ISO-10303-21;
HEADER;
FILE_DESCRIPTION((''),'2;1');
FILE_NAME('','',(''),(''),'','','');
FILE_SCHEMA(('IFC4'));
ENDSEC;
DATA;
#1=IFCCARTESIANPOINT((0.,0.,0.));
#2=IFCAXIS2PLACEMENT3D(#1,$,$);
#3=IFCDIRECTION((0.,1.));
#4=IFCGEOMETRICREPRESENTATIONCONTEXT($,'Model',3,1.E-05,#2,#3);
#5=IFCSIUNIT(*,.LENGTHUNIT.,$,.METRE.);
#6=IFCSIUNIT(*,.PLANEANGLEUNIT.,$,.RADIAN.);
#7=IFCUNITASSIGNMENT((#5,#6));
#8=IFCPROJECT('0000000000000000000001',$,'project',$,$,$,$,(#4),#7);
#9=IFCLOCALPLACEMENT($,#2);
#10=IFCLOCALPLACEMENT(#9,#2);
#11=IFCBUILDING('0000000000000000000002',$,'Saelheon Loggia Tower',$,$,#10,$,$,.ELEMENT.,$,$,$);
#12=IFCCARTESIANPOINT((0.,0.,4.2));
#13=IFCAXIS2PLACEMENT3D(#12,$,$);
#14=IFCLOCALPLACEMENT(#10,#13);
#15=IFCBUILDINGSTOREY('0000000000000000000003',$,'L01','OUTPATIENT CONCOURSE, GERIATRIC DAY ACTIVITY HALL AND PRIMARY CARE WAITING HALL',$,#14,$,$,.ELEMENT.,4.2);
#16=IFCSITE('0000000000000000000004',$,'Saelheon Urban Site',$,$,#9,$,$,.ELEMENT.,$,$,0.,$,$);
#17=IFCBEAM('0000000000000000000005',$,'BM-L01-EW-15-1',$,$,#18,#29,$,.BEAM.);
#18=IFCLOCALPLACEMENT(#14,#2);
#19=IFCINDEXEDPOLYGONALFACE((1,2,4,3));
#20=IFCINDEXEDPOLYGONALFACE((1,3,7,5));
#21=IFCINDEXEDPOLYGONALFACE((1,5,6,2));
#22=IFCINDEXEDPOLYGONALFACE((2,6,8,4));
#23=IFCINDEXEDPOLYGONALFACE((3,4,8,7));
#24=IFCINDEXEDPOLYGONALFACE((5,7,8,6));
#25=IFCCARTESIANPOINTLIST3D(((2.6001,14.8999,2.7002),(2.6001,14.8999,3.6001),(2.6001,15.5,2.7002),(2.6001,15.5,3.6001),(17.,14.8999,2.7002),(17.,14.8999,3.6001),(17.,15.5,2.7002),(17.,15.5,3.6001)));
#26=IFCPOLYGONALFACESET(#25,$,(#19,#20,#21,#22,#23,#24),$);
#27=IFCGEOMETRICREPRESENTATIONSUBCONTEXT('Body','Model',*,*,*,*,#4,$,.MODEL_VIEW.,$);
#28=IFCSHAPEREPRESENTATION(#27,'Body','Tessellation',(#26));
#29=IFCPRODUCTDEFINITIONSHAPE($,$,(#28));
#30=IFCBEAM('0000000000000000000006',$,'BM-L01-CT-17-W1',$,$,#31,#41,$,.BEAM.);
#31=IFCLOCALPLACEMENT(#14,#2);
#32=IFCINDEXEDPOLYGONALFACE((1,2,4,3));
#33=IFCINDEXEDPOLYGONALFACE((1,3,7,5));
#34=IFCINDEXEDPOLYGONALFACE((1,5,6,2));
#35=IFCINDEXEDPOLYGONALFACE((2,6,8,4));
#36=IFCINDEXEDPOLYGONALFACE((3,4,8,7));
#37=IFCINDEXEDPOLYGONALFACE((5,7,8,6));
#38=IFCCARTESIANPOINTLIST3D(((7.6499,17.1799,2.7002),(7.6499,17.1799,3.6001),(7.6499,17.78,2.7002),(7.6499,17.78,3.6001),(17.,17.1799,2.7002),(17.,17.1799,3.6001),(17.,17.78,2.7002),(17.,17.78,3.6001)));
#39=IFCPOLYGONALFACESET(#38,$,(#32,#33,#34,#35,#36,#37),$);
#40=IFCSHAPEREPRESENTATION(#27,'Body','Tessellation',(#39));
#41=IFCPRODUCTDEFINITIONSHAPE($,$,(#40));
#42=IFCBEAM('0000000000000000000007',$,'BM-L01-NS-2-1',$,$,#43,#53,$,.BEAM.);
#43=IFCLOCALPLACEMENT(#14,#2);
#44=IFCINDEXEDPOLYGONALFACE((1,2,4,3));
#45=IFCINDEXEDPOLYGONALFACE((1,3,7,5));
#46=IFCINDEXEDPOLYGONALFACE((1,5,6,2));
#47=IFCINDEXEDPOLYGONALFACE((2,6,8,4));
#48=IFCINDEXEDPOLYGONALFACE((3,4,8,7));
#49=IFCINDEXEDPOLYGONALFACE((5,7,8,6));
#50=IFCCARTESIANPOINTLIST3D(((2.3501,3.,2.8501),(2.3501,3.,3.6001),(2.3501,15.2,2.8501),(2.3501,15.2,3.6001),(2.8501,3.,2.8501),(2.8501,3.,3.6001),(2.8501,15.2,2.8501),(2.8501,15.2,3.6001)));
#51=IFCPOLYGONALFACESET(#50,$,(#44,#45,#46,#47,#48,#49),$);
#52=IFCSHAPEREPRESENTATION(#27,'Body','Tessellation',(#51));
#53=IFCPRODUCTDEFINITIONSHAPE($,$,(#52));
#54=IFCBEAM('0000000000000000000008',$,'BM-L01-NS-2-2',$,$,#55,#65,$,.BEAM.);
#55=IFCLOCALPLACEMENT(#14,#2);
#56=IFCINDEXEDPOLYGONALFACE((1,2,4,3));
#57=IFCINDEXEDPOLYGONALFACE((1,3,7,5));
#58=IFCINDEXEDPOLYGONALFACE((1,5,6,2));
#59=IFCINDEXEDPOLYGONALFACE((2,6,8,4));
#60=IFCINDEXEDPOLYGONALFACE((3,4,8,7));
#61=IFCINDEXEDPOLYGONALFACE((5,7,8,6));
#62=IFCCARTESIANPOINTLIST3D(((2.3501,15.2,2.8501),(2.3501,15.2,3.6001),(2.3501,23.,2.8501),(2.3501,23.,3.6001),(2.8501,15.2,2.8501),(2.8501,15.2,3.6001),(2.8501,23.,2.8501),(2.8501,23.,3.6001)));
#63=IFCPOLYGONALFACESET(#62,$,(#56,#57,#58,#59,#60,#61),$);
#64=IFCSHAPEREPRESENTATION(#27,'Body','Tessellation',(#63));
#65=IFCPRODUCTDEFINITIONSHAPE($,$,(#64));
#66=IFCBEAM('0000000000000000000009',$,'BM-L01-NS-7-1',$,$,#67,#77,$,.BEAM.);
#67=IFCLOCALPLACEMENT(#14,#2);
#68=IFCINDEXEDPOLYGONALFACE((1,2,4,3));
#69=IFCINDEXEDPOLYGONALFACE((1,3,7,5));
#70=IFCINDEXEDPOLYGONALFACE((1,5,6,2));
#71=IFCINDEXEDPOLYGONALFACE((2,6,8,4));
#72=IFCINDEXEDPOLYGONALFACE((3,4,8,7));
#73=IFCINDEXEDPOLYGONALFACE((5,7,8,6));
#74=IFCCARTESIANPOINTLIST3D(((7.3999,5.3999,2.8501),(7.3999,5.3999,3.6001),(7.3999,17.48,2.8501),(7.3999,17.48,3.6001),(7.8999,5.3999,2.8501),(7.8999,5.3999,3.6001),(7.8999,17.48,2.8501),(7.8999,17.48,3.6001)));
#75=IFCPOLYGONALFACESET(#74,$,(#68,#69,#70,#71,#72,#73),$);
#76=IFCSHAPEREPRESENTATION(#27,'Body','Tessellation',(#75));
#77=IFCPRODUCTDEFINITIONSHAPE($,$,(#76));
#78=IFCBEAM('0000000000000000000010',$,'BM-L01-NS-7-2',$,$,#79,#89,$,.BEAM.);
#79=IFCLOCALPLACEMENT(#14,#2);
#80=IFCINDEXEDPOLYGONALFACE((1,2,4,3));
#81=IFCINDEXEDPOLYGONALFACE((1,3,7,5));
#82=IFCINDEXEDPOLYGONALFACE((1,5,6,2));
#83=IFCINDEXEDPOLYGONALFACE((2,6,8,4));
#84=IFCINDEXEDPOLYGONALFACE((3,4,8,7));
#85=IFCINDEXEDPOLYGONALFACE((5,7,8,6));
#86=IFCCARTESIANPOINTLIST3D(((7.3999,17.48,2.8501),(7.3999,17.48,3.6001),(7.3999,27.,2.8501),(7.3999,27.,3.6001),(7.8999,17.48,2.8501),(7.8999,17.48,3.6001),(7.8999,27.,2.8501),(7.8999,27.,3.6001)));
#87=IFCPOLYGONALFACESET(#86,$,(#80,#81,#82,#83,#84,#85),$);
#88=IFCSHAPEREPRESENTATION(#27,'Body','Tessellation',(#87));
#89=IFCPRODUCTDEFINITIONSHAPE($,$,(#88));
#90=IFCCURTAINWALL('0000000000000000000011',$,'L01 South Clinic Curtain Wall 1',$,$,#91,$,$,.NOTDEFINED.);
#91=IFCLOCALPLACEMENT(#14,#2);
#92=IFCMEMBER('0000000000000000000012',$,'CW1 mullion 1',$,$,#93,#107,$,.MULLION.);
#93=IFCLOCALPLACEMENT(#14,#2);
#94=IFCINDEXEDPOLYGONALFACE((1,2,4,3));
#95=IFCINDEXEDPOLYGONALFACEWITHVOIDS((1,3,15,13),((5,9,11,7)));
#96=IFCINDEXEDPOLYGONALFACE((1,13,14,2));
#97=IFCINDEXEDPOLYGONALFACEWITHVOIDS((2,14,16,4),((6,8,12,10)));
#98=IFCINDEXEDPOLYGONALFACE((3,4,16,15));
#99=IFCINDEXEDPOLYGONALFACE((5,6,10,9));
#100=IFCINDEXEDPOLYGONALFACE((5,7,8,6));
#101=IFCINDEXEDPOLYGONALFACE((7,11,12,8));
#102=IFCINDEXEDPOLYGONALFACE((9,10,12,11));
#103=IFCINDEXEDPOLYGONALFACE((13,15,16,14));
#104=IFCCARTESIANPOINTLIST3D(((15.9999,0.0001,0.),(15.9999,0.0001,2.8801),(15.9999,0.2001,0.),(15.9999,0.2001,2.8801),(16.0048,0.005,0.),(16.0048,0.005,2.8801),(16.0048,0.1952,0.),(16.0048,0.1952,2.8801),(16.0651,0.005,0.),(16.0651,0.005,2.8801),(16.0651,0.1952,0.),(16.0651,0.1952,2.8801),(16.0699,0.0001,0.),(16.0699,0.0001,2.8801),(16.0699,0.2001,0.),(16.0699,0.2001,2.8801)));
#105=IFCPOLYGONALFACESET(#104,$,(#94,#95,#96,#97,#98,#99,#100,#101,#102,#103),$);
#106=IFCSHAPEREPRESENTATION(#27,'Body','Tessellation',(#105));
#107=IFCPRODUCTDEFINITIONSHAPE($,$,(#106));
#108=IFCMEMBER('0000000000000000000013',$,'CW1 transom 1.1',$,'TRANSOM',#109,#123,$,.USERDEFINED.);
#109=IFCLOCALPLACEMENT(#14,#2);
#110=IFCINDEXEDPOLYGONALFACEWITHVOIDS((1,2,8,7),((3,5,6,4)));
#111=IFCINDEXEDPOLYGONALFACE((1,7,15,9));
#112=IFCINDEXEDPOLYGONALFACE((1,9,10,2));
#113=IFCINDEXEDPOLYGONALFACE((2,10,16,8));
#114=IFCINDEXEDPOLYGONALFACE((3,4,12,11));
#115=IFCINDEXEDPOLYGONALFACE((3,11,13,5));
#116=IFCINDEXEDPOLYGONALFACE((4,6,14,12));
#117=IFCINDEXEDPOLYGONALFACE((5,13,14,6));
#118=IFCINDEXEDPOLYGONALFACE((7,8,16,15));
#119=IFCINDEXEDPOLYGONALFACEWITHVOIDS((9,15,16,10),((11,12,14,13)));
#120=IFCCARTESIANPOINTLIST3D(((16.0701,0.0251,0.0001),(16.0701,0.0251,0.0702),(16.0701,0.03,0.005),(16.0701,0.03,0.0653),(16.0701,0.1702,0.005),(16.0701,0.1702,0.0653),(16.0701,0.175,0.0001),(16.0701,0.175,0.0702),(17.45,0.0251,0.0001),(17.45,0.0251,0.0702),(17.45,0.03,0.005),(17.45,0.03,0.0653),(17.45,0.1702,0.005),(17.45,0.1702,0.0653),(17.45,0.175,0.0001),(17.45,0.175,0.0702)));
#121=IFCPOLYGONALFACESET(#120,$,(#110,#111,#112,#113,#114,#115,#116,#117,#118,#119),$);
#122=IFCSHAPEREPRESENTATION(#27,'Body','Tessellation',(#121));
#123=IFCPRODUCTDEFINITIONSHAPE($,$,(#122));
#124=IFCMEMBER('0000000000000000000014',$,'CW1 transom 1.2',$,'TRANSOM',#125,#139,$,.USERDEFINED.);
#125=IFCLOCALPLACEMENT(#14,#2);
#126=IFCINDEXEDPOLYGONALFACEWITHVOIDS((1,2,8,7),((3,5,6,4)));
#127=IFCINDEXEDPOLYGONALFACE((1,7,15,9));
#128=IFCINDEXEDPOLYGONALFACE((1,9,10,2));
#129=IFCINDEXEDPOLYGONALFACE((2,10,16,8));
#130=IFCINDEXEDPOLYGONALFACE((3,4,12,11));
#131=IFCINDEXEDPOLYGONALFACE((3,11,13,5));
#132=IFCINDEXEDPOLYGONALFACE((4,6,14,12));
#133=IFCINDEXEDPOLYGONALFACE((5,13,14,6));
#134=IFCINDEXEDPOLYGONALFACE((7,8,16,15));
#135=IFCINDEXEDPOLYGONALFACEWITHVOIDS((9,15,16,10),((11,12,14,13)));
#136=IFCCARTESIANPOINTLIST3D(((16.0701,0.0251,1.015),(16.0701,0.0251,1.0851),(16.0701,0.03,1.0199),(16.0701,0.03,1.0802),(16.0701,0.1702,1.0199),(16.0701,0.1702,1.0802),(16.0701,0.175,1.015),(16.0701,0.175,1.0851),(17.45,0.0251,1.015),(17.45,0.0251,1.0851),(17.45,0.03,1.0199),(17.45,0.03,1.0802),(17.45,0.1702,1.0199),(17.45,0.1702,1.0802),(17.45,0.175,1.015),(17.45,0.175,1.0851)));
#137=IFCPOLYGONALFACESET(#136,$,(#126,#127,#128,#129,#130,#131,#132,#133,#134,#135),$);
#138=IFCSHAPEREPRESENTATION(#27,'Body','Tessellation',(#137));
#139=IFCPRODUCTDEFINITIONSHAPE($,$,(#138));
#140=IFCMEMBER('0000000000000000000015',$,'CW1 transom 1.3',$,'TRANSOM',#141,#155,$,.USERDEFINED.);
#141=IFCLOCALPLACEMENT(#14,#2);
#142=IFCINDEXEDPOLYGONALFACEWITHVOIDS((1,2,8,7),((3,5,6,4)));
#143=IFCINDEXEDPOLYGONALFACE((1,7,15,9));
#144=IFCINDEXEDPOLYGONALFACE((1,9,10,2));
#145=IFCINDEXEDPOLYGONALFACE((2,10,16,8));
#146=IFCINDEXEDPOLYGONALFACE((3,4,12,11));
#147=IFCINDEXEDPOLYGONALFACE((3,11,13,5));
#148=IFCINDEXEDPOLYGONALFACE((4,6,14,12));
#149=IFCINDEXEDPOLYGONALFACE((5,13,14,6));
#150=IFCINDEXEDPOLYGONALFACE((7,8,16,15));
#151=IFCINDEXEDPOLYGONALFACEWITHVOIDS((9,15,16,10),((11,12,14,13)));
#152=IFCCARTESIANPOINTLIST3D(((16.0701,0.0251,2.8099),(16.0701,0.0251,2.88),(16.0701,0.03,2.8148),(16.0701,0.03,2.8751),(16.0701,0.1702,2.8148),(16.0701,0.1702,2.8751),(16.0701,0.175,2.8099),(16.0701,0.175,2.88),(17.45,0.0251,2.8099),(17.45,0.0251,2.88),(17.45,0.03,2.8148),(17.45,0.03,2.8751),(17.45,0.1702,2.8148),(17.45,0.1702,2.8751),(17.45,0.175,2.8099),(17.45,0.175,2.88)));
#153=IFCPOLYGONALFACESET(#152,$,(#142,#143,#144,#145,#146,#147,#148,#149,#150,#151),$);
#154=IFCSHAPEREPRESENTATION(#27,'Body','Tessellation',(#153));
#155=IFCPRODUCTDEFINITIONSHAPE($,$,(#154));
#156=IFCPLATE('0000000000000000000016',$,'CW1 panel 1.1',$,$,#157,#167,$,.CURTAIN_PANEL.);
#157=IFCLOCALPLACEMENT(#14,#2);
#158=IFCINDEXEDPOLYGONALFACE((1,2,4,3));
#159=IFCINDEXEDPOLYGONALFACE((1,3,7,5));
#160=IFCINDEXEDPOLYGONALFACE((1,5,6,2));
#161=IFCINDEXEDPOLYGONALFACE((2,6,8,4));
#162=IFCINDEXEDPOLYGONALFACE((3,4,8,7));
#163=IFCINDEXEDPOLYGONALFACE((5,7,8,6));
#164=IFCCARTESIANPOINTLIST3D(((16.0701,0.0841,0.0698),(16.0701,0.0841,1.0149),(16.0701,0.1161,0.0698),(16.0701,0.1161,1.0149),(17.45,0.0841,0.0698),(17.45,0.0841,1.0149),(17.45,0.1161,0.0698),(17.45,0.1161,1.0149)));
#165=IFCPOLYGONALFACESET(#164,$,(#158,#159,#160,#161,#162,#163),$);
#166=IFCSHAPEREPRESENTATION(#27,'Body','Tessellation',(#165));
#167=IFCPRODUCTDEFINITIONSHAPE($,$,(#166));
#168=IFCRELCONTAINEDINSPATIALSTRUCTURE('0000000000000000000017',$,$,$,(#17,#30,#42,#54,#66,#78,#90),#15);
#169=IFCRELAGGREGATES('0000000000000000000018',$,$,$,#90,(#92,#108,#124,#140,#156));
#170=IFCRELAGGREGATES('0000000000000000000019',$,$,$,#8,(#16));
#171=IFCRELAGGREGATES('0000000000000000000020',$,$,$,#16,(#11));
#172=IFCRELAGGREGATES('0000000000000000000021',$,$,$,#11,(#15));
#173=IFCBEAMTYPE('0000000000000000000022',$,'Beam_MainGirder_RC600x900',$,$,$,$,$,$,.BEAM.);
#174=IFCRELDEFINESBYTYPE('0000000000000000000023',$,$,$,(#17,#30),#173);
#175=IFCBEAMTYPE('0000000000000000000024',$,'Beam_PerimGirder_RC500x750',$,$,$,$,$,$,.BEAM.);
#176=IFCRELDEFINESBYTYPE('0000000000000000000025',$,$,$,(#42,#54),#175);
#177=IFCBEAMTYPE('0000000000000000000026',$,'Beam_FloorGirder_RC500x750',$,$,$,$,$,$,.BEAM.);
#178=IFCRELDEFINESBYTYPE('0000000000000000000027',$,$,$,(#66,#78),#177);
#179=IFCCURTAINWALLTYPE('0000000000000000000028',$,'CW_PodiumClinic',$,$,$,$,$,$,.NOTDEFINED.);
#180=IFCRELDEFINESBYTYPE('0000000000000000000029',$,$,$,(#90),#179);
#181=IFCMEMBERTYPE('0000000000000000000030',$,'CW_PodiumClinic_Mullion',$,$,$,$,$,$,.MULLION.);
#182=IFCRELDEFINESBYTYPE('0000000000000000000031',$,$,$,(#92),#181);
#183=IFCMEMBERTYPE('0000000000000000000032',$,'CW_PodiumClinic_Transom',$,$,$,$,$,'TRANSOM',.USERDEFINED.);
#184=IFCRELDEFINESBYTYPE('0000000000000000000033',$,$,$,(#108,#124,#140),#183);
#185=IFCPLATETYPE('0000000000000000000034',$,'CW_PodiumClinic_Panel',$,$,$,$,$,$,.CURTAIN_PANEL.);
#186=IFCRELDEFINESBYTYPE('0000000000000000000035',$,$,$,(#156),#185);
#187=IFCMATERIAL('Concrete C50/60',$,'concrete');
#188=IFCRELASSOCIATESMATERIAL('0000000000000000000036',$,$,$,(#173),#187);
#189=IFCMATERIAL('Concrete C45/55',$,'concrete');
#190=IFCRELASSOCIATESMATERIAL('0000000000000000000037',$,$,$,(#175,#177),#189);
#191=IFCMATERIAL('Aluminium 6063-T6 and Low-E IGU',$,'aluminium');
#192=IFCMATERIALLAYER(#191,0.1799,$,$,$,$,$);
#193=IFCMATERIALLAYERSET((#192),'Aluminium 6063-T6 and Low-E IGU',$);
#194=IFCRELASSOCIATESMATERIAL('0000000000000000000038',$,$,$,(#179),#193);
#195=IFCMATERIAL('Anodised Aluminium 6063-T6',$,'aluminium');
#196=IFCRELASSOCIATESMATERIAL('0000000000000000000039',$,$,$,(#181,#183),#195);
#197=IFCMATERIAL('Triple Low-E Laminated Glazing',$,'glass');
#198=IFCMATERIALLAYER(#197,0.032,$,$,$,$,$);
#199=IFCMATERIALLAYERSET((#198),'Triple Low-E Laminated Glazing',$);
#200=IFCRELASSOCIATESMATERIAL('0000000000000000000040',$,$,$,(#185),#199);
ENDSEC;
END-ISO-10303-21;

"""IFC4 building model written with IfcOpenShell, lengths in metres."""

from ifc_helpers import new_model, si_unit, direction, frame, origin, origin_2d, place, context, subcontext, project, spatial, rectangle, hollow_rectangle, extrude, source, transform, mapped, material, layer, layer_set, material_profile, profile_set, type_object, element, aggregate, save


model = new_model("IFC4")

# Units and contexts
model_context = context("Model", 3, precision=1e-05, world=origin(), true_north=direction((0.0, 1.0)))
body_context = subcontext(model_context, "Body", "Model", "MODEL_VIEW")
ifc_project = project(units=[si_unit("LENGTHUNIT", "METRE"), si_unit("PLANEANGLEUNIT", "RADIAN")], contexts=[model_context])

# Site, building, storey
site_placement = place(None, origin())
site = spatial("IfcSite", under=ifc_project, at=site_placement, Name="Saelheon Urban Site", CompositionType="ELEMENT", RefElevation=0.0)
building_placement = place(site_placement, origin())
building = spatial("IfcBuilding", under=site, at=building_placement, Name="Saelheon Loggia Tower", CompositionType="ELEMENT")
storey_placement = place(building_placement, frame((0.0, 0.0, 4.2)))
storey = spatial("IfcBuildingStorey", under=building, at=storey_placement, Name="L01", Description="OUTPATIENT CONCOURSE, GERIATRIC DAY ACTIVITY HALL AND PRIMARY CARE WAITING HALL", CompositionType="ELEMENT", Elevation=4.2)

# Shared definitions
ifc_material_1 = material(Name="Concrete C50/60", Category="concrete")
ifc_material_2 = material(Name="Concrete C45/55", Category="concrete")

# Beams
ifc_material_profile_1 = material_profile(ifc_material_1, rectangle(XDim=0.6001, YDim=0.8999, at=origin_2d()), Name="RC-600x900")
ifc_profile_set_1 = profile_set([ifc_material_profile_1], Name="Concrete C50/60")
beam_type_1 = type_object("IfcBeamType", Name="Beam_MainGirder_RC600x900", PredefinedType="BEAM", material=ifc_profile_set_1)
shared_shape_1 = source(origin(), body_context, "Body", "SweptSolid", [
    extrude(rectangle(XDim=0.6001, YDim=0.8999, at=origin_2d()), origin(), (0.0, 0.0, 1.0), 14.3999),
])
for number, where, z_axis, x_axis, name in (
    (1, (2.6001, 15.2, 3.1501), (1.0, 0.0, 0.0), (0.0, 1.0, 0.0), "BM-L01-EW-15-1"),
):
    element("IfcBeam", number, at=place(storey_placement, frame(where, z_axis=z_axis, x_axis=x_axis)), inside=storey, type_object=beam_type_1, Name=name, PredefinedType="BEAM", context=body_context, shape_type="MappedRepresentation", body=[
        mapped(shared_shape_1, transform((0.0, 0.0, 0.0), scale=1.0)),
    ])
shared_shape_2 = source(origin(), body_context, "Body", "SweptSolid", [
    extrude(rectangle(XDim=0.6001, YDim=0.8999, at=origin_2d()), origin(), (0.0, 0.0, 1.0), 9.3501),
])
beam_1_placement = place(storey_placement, frame((7.6499, 17.48, 3.1501), z_axis=(1.0, 0.0, 0.0), x_axis=(0.0, 1.0, 0.0)))
element("IfcBeam", 2, at=beam_1_placement, inside=storey, type_object=beam_type_1, Name="BM-L01-CT-17-W1", PredefinedType="BEAM", context=body_context, shape_type="MappedRepresentation", body=[
    mapped(shared_shape_2, transform((0.0, 0.0, 0.0), scale=1.0)),
])
ifc_material_profile_2 = material_profile(ifc_material_2, rectangle(XDim=0.5, YDim=0.75, at=origin_2d()), Name="RC-500x750")
ifc_profile_set_2 = profile_set([ifc_material_profile_2], Name="Concrete C45/55")
beam_type_2 = type_object("IfcBeamType", Name="Beam_PerimGirder_RC500x750", PredefinedType="BEAM", material=ifc_profile_set_2)
shared_shape_3 = source(origin(), body_context, "Body", "SweptSolid", [
    extrude(rectangle(XDim=0.5, YDim=0.75, at=origin_2d()), origin(), (0.0, 0.0, 1.0), 12.2),
])
beam_2_placement = place(storey_placement, frame((2.6001, 3.0, 3.2251), z_axis=(0.0, 1.0, 0.0), x_axis=(-1.0, 0.0, 0.0)))
element("IfcBeam", 3, at=beam_2_placement, inside=storey, type_object=beam_type_2, Name="BM-L01-NS-2-1", PredefinedType="BEAM", context=body_context, shape_type="MappedRepresentation", body=[
    mapped(shared_shape_3, transform((0.0, 0.0, 0.0), scale=1.0)),
])
shared_shape_4 = source(origin(), body_context, "Body", "SweptSolid", [
    extrude(rectangle(XDim=0.5, YDim=0.75, at=origin_2d()), origin(), (0.0, 0.0, 1.0), 7.8),
])
beam_3_placement = place(storey_placement, frame((2.6001, 15.2, 3.2251), z_axis=(0.0, 1.0, 0.0), x_axis=(-1.0, 0.0, 0.0)))
element("IfcBeam", 4, at=beam_3_placement, inside=storey, type_object=beam_type_2, Name="BM-L01-NS-2-2", PredefinedType="BEAM", context=body_context, shape_type="MappedRepresentation", body=[
    mapped(shared_shape_4, transform((0.0, 0.0, 0.0), scale=1.0)),
])
ifc_material_profile_3 = material_profile(ifc_material_2, rectangle(XDim=0.5, YDim=0.75, at=origin_2d()), Name="RC-500x750")
ifc_profile_set_3 = profile_set([ifc_material_profile_3], Name="Concrete C45/55")
beam_type_3 = type_object("IfcBeamType", Name="Beam_FloorGirder_RC500x750", PredefinedType="BEAM", material=ifc_profile_set_3)
shared_shape_5 = source(origin(), body_context, "Body", "SweptSolid", [
    extrude(rectangle(XDim=0.5, YDim=0.75, at=origin_2d()), origin(), (0.0, 0.0, 1.0), 12.0801),
])
beam_4_placement = place(storey_placement, frame((7.6499, 5.3999, 3.2251), z_axis=(0.0, 1.0, 0.0), x_axis=(-1.0, 0.0, 0.0)))
element("IfcBeam", 5, at=beam_4_placement, inside=storey, type_object=beam_type_3, Name="BM-L01-NS-7-1", PredefinedType="BEAM", context=body_context, shape_type="MappedRepresentation", body=[
    mapped(shared_shape_5, transform((0.0, 0.0, 0.0), scale=1.0)),
])
shared_shape_6 = source(origin(), body_context, "Body", "SweptSolid", [
    extrude(rectangle(XDim=0.5, YDim=0.75, at=origin_2d()), origin(), (0.0, 0.0, 1.0), 9.52),
])
beam_5_placement = place(storey_placement, frame((7.6499, 17.48, 3.2251), z_axis=(0.0, 1.0, 0.0), x_axis=(-1.0, 0.0, 0.0)))
element("IfcBeam", 6, at=beam_5_placement, inside=storey, type_object=beam_type_3, Name="BM-L01-NS-7-2", PredefinedType="BEAM", context=body_context, shape_type="MappedRepresentation", body=[
    mapped(shared_shape_6, transform((0.0, 0.0, 0.0), scale=1.0)),
])

# Curtain wall, members, plate
ifc_material_3 = material(Name="Aluminium 6063-T6 and Low-E IGU", Category="aluminium")
ifc_layer_1 = layer(ifc_material_3, 0.1799)
ifc_layer_set_1 = layer_set([ifc_layer_1], Name="Aluminium 6063-T6 and Low-E IGU")
curtain_wall_type = type_object("IfcCurtainWallType", Name="CW_PodiumClinic", PredefinedType="NOTDEFINED", material=ifc_layer_set_1)
curtain_wall_placement = place(storey_placement, origin())
curtain_wall = element("IfcCurtainWall", 7, at=curtain_wall_placement, inside=storey, type_object=curtain_wall_type, Name="L01 South Clinic Curtain Wall 1", PredefinedType="NOTDEFINED")
ifc_material_4 = material(Name="Anodised Aluminium 6063-T6", Category="aluminium")
ifc_material_profile_4 = material_profile(ifc_material_4, hollow_rectangle(XDim=0.0701, YDim=0.2, WallThickness=0.0049, at=origin_2d()), Name="RHS-200x70x5")
ifc_profile_set_4 = profile_set([ifc_material_profile_4], Name="Anodised Aluminium 6063-T6")
member_type_1 = type_object("IfcMemberType", Name="CW_PodiumClinic_Mullion", PredefinedType="MULLION", material=ifc_profile_set_4)
shared_shape_7 = source(origin(), body_context, "Body", "SweptSolid", [
    extrude(hollow_rectangle(XDim=0.0701, YDim=0.2, WallThickness=0.0049, at=origin_2d()), origin(), (0.0, 0.0, 1.0), 2.8801),
])
member_1_placement = place(storey_placement, frame((16.0349, 0.1001, 0.0), z_axis=(0.0, 0.0, 1.0), x_axis=(1.0, 0.0, 0.0)))
member_1 = element("IfcMember", 8, at=member_1_placement, type_object=member_type_1, Name="CW1 mullion 1", PredefinedType="MULLION", context=body_context, shape_type="MappedRepresentation", body=[
    mapped(shared_shape_7, transform((0.0, 0.0, 0.0), scale=1.0)),
])
ifc_material_profile_5 = material_profile(ifc_material_4, hollow_rectangle(XDim=0.0701, YDim=0.1499, WallThickness=0.0049, at=origin_2d()), Name="RHS-150x70x5")
ifc_profile_set_5 = profile_set([ifc_material_profile_5], Name="Anodised Aluminium 6063-T6")
member_type_2 = type_object("IfcMemberType", Name="CW_PodiumClinic_Transom", ElementType="TRANSOM", PredefinedType="USERDEFINED", material=ifc_profile_set_5)
shared_shape_8 = source(origin(), body_context, "Body", "SweptSolid", [
    extrude(hollow_rectangle(XDim=0.0701, YDim=0.1499, WallThickness=0.0049, at=origin_2d()), origin(), (0.0, 0.0, 1.0), 1.3799),
])
member_2_placement = place(storey_placement, frame((16.0701, 0.1001, 0.0352), z_axis=(1.0, 0.0, 0.0), x_axis=(0.0, 0.0, 1.0)))
member_2 = element("IfcMember", 9, at=member_2_placement, type_object=member_type_2, Name="CW1 transom 1.1", ObjectType="TRANSOM", PredefinedType="USERDEFINED", context=body_context, shape_type="MappedRepresentation", body=[
    mapped(shared_shape_8, transform((0.0, 0.0, 0.0), scale=1.0)),
])
member_3_placement = place(storey_placement, frame((16.0701, 0.1001, 1.05), z_axis=(1.0, 0.0, 0.0), x_axis=(0.0, 0.0, 1.0)))
member_3 = element("IfcMember", 10, at=member_3_placement, type_object=member_type_2, Name="CW1 transom 1.2", ObjectType="TRANSOM", PredefinedType="USERDEFINED", context=body_context, shape_type="MappedRepresentation", body=[
    mapped(shared_shape_8, transform((0.0, 0.0, 0.0), scale=1.0)),
])
member_4_placement = place(storey_placement, frame((16.0701, 0.1001, 2.845), z_axis=(1.0, 0.0, 0.0), x_axis=(0.0, 0.0, 1.0)))
member_4 = element("IfcMember", 11, at=member_4_placement, type_object=member_type_2, Name="CW1 transom 1.3", ObjectType="TRANSOM", PredefinedType="USERDEFINED", context=body_context, shape_type="MappedRepresentation", body=[
    mapped(shared_shape_8, transform((0.0, 0.0, 0.0), scale=1.0)),
])
ifc_material_5 = material(Name="Triple Low-E Laminated Glazing", Category="glass")
ifc_layer_2 = layer(ifc_material_5, 0.032)
ifc_layer_set_2 = layer_set([ifc_layer_2], Name="Triple Low-E Laminated Glazing")
plate_type = type_object("IfcPlateType", Name="CW_PodiumClinic_Panel", PredefinedType="CURTAIN_PANEL", material=ifc_layer_set_2)
shared_shape_9 = source(origin(), body_context, "Body", "SweptSolid", [
    extrude(rectangle(XDim=1.3799, YDim=0.032, at=origin_2d()), origin(), (0.0, 0.0, 1.0), 0.9451),
])
plate_1_placement = place(storey_placement, frame((16.76, 0.1001, 0.0698), z_axis=(0.0, 0.0, 1.0), x_axis=(1.0, 0.0, 0.0)))
plate_1 = element("IfcPlate", 12, at=plate_1_placement, type_object=plate_type, Name="CW1 panel 1.1", PredefinedType="CURTAIN_PANEL", context=body_context, shape_type="MappedRepresentation", body=[
    mapped(shared_shape_9, transform((0.0, 0.0, 0.0), scale=1.0)),
])
aggregate(curtain_wall, [member_1, member_2, member_3, member_4, plate_1])

save(model, "model.ifc")
